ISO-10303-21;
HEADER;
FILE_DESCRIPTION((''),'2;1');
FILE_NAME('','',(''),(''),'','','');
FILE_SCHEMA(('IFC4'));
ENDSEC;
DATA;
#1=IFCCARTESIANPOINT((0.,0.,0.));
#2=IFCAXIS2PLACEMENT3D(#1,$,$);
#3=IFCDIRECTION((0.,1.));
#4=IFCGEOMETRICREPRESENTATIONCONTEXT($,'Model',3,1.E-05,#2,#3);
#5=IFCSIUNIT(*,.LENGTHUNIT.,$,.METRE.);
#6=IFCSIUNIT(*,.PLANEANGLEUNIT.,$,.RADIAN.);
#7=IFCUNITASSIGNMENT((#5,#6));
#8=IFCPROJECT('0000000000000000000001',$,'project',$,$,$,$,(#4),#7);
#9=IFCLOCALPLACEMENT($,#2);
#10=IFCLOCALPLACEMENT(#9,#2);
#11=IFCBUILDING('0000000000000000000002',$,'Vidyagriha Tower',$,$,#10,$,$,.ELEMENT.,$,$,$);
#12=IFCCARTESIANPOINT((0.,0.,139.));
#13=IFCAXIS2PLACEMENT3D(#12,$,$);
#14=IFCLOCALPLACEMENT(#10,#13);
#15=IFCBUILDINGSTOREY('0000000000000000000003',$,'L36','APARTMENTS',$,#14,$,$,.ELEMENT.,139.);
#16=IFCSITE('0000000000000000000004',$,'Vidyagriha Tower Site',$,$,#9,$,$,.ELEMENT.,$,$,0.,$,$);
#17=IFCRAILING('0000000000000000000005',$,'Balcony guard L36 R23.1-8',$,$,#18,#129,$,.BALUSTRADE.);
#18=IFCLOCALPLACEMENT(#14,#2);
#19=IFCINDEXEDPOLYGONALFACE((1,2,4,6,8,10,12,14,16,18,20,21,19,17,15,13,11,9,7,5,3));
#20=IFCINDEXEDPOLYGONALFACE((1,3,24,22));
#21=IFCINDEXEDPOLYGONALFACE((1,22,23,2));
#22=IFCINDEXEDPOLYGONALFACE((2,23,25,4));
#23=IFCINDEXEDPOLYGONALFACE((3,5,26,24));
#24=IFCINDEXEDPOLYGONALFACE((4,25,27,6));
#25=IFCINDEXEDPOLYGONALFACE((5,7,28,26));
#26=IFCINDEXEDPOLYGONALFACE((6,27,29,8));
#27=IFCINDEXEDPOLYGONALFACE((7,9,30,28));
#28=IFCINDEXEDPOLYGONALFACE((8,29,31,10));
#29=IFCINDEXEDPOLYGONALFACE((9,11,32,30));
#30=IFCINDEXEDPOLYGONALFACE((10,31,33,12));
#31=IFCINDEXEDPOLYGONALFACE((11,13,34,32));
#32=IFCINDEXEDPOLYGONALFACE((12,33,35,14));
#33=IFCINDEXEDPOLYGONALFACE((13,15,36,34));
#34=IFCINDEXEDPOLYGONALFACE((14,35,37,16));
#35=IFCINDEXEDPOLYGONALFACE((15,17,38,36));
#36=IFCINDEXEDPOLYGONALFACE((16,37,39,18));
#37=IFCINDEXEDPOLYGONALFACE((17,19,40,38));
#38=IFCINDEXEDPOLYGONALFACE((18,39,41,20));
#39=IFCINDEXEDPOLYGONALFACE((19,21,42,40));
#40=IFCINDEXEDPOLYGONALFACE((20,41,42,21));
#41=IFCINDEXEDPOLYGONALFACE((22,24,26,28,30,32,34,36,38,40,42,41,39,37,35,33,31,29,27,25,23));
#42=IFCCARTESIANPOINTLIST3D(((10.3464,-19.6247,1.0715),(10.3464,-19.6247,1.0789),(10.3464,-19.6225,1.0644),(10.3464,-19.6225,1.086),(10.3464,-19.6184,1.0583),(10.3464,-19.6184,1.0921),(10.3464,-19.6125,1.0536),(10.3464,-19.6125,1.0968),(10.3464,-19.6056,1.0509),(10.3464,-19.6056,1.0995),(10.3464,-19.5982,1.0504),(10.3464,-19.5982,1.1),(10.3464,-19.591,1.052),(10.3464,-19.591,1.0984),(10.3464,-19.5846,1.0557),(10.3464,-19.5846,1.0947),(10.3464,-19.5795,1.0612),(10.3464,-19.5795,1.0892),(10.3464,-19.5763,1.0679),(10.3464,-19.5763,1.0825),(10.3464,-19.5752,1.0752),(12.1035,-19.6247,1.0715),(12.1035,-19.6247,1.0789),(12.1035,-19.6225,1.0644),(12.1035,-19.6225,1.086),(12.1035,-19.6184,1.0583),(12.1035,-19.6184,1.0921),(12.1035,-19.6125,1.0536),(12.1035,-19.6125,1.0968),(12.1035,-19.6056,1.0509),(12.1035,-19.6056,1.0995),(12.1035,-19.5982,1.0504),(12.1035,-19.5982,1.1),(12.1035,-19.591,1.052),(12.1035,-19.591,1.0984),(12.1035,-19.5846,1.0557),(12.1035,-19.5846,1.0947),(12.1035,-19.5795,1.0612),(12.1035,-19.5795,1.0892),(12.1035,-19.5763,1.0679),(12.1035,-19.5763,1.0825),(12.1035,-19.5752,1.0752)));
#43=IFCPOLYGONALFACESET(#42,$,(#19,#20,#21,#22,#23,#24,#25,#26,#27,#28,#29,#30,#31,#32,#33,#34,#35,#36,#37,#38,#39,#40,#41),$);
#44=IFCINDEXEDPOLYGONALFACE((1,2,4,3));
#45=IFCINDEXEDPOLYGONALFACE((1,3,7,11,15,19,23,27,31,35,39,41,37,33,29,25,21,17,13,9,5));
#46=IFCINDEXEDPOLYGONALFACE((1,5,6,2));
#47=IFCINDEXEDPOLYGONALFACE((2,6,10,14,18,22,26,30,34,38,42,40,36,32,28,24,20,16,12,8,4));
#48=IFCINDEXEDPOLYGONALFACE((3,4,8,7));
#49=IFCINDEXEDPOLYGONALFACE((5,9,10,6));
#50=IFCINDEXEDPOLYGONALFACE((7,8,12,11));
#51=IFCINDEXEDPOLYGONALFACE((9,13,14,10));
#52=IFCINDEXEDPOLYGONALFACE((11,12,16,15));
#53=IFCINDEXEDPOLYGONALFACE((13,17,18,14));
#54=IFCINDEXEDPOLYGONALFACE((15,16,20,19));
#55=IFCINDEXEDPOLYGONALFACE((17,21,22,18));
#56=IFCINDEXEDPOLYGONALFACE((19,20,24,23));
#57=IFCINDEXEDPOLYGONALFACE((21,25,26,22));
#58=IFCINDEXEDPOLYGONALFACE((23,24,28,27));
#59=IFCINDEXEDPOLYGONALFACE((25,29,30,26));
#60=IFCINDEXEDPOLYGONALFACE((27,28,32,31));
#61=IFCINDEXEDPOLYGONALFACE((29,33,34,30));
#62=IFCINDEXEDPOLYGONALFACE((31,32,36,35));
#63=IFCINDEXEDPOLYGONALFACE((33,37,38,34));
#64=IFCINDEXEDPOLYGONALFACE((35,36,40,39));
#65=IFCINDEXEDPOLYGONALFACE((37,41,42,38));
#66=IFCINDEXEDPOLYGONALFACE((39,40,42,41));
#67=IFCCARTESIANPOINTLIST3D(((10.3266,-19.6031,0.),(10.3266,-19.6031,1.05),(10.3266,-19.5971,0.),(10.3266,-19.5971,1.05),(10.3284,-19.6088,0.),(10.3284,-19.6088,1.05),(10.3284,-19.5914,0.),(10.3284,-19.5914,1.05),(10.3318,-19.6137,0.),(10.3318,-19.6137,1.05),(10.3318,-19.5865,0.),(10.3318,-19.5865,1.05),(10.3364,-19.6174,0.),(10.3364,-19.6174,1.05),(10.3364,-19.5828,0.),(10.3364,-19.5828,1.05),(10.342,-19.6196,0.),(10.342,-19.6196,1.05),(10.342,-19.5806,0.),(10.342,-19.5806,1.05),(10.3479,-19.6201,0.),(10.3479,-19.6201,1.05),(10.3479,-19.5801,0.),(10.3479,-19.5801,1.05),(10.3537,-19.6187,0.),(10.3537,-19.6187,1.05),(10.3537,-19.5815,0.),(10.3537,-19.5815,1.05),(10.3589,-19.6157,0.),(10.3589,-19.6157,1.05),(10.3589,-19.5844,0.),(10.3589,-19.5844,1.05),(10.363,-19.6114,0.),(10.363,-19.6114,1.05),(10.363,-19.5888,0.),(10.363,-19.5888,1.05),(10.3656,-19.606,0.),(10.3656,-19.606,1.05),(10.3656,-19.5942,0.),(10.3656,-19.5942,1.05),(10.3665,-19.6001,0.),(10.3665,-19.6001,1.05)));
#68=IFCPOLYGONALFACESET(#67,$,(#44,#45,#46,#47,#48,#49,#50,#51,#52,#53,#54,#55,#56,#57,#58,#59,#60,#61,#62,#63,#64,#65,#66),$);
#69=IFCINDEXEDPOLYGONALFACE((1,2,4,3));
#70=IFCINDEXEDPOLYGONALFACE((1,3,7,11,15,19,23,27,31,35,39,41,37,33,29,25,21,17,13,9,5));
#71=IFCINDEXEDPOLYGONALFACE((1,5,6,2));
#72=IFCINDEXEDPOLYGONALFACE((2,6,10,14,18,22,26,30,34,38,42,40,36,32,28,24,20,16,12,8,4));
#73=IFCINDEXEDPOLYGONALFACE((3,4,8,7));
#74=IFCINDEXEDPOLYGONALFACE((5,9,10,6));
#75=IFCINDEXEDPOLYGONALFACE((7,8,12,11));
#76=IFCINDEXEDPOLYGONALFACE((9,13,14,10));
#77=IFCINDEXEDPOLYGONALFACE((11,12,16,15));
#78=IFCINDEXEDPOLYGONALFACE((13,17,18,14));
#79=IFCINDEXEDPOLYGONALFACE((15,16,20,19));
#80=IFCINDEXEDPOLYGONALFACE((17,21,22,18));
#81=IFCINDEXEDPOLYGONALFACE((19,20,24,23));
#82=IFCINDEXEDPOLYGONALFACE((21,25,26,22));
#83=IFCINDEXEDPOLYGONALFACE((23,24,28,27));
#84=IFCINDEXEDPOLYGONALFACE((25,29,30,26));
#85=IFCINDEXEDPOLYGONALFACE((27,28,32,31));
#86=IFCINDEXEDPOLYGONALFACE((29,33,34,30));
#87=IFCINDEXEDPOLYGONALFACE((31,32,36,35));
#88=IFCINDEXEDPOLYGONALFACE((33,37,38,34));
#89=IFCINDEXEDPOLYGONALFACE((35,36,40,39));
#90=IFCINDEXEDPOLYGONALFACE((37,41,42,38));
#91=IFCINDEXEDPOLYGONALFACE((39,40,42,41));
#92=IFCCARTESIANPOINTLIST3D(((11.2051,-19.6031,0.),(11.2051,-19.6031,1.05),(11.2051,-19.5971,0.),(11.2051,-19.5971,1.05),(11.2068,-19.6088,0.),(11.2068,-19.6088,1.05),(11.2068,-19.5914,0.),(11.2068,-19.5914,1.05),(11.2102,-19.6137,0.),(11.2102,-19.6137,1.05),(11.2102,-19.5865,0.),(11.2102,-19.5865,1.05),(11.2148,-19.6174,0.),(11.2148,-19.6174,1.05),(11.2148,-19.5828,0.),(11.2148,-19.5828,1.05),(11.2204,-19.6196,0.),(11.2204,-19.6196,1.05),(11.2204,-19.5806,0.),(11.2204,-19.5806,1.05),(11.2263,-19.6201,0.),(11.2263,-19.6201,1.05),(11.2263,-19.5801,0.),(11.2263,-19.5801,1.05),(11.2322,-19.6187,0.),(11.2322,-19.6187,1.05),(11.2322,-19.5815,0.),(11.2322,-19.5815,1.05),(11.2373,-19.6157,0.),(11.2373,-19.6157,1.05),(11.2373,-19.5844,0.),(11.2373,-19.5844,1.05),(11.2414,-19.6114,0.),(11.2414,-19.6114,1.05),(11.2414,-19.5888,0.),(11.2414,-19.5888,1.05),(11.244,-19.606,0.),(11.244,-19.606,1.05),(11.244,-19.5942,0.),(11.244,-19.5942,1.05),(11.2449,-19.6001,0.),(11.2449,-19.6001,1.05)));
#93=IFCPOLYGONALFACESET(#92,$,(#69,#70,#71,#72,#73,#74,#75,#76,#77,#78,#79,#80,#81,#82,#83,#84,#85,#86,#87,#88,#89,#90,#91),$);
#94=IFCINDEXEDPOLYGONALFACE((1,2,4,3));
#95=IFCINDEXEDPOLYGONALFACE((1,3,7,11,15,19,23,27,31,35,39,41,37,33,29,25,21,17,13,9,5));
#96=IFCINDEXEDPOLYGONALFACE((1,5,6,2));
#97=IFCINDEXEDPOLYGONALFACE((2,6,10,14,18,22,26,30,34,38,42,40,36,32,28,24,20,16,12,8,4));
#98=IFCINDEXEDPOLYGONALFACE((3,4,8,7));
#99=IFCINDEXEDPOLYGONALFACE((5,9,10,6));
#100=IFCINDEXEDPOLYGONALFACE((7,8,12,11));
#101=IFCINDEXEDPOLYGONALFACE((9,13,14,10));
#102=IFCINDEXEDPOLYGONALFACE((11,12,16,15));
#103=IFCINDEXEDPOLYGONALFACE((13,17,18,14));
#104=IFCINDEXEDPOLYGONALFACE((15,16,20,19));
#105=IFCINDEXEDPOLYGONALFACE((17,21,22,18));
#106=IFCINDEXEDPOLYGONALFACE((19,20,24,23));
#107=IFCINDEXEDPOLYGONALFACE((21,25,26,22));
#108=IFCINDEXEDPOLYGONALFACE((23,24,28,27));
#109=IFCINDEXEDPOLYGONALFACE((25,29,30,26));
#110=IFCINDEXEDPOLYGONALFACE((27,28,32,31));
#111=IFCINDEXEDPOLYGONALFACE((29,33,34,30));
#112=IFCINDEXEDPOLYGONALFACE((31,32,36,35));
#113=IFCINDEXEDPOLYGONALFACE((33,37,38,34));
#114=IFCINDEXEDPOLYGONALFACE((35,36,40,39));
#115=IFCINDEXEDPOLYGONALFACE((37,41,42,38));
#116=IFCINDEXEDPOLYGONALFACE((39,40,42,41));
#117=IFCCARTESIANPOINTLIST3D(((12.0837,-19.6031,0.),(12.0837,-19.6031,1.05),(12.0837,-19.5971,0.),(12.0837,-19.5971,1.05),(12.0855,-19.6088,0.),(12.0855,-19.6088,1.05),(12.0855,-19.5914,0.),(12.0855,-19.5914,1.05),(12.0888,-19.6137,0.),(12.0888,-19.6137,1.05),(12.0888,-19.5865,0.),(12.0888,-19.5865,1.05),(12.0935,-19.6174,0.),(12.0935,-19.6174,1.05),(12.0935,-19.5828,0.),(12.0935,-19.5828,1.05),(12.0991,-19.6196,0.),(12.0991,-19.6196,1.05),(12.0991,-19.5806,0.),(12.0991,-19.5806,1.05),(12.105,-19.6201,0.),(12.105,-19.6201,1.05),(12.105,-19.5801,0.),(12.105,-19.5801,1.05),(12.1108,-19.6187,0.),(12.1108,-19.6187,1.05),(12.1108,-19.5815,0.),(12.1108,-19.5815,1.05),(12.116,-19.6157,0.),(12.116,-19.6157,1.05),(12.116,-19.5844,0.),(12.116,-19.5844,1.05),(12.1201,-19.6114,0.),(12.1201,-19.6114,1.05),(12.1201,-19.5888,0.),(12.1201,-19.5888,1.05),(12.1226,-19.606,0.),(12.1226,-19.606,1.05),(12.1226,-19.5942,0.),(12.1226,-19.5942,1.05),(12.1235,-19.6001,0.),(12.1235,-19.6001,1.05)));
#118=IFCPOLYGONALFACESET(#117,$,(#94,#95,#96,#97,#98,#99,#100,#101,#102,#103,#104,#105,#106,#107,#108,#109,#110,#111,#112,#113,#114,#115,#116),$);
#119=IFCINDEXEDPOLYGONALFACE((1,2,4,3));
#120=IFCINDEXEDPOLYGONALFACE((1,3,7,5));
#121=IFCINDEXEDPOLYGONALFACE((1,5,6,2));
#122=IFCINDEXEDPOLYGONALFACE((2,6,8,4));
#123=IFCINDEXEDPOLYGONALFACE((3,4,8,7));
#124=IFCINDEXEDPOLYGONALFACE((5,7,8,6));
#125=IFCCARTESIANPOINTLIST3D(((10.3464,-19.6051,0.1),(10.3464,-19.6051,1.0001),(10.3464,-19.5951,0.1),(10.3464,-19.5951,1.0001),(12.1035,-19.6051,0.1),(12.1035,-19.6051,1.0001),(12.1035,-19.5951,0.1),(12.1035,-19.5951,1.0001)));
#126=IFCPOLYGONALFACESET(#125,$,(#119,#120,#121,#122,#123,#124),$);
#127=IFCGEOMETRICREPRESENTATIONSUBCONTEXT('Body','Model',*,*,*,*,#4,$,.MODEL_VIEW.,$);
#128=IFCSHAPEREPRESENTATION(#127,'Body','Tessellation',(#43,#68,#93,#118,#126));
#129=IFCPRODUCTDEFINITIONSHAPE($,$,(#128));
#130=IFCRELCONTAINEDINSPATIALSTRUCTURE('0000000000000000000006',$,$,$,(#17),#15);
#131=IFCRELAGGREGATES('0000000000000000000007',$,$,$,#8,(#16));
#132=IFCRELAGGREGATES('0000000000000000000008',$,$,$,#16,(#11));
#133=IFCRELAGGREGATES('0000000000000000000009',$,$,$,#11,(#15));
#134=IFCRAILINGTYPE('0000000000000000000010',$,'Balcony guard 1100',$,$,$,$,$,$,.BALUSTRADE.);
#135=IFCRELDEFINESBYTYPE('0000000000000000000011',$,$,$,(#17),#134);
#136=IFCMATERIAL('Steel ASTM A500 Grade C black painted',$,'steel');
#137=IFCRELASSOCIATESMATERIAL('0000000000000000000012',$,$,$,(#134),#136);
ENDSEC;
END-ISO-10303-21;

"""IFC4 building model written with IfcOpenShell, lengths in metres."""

from ifc_helpers import new_model, si_unit, direction, frame, origin, origin_2d, place, context, subcontext, project, spatial, rectangle, circle, extrude, material, type_object, element, save


model = new_model("IFC4")

# Units and contexts
model_context = context("Model", 3, precision=1e-05, world=origin(), true_north=direction((0.0, 1.0)))
body_context = subcontext(model_context, "Body", "Model", "MODEL_VIEW")
ifc_project = project(units=[si_unit("LENGTHUNIT", "METRE"), si_unit("PLANEANGLEUNIT", "RADIAN")], contexts=[model_context])

# Site, building, storey
site_placement = place(None, origin())
site = spatial("IfcSite", under=ifc_project, at=site_placement, Name="Vidyagriha Tower Site", CompositionType="ELEMENT", RefElevation=0.0)
building_placement = place(site_placement, origin())
building = spatial("IfcBuilding", under=site, at=building_placement, Name="Vidyagriha Tower", CompositionType="ELEMENT")
storey_placement = place(building_placement, frame((0.0, 0.0, 139.0)))
storey = spatial("IfcBuildingStorey", under=building, at=storey_placement, Name="L36", Description="APARTMENTS", CompositionType="ELEMENT", Elevation=139.0)

# Railing
ifc_material_1 = material(Name="Steel ASTM A500 Grade C black painted", Category="steel")
railing_type = type_object("IfcRailingType", Name="Balcony guard 1100", PredefinedType="BALUSTRADE", material=ifc_material_1)
railing_1_placement = place(storey_placement, frame((10.3464, -19.6001, 0.0)))
element("IfcRailing", 1, at=railing_1_placement, inside=storey, type_object=railing_type, Name="Balcony guard L36 R23.1-8", PredefinedType="BALUSTRADE", context=body_context, shape_type="SweptSolid", body=[
    extrude(circle(Radius=0.0249, at=origin_2d()), frame((0.0, 0.0, 1.0752), z_axis=(1.0, 0.0, 0.0), x_axis=(0.0, 1.0, 0.0)), (0.0, 0.0, 1.0), 1.7571),
    extrude(circle(Radius=0.02, at=origin_2d()), origin(), (0.0, 0.0, 1.0), 1.05),
    extrude(circle(Radius=0.02, at=origin_2d()), frame((0.8784, 0.0, 0.0)), (0.0, 0.0, 1.0), 1.05),
    extrude(circle(Radius=0.02, at=origin_2d()), frame((1.7571, 0.0, 0.0)), (0.0, 0.0, 1.0), 1.05),
    extrude(rectangle(XDim=0.01, YDim=0.9001, at=origin_2d()), frame((0.0, 0.0, 0.55), z_axis=(1.0, 0.0, 0.0), x_axis=(0.0, 1.0, 0.0)), (0.0, 0.0, 1.0), 1.7571),
])

save(model, "model.ifc")
